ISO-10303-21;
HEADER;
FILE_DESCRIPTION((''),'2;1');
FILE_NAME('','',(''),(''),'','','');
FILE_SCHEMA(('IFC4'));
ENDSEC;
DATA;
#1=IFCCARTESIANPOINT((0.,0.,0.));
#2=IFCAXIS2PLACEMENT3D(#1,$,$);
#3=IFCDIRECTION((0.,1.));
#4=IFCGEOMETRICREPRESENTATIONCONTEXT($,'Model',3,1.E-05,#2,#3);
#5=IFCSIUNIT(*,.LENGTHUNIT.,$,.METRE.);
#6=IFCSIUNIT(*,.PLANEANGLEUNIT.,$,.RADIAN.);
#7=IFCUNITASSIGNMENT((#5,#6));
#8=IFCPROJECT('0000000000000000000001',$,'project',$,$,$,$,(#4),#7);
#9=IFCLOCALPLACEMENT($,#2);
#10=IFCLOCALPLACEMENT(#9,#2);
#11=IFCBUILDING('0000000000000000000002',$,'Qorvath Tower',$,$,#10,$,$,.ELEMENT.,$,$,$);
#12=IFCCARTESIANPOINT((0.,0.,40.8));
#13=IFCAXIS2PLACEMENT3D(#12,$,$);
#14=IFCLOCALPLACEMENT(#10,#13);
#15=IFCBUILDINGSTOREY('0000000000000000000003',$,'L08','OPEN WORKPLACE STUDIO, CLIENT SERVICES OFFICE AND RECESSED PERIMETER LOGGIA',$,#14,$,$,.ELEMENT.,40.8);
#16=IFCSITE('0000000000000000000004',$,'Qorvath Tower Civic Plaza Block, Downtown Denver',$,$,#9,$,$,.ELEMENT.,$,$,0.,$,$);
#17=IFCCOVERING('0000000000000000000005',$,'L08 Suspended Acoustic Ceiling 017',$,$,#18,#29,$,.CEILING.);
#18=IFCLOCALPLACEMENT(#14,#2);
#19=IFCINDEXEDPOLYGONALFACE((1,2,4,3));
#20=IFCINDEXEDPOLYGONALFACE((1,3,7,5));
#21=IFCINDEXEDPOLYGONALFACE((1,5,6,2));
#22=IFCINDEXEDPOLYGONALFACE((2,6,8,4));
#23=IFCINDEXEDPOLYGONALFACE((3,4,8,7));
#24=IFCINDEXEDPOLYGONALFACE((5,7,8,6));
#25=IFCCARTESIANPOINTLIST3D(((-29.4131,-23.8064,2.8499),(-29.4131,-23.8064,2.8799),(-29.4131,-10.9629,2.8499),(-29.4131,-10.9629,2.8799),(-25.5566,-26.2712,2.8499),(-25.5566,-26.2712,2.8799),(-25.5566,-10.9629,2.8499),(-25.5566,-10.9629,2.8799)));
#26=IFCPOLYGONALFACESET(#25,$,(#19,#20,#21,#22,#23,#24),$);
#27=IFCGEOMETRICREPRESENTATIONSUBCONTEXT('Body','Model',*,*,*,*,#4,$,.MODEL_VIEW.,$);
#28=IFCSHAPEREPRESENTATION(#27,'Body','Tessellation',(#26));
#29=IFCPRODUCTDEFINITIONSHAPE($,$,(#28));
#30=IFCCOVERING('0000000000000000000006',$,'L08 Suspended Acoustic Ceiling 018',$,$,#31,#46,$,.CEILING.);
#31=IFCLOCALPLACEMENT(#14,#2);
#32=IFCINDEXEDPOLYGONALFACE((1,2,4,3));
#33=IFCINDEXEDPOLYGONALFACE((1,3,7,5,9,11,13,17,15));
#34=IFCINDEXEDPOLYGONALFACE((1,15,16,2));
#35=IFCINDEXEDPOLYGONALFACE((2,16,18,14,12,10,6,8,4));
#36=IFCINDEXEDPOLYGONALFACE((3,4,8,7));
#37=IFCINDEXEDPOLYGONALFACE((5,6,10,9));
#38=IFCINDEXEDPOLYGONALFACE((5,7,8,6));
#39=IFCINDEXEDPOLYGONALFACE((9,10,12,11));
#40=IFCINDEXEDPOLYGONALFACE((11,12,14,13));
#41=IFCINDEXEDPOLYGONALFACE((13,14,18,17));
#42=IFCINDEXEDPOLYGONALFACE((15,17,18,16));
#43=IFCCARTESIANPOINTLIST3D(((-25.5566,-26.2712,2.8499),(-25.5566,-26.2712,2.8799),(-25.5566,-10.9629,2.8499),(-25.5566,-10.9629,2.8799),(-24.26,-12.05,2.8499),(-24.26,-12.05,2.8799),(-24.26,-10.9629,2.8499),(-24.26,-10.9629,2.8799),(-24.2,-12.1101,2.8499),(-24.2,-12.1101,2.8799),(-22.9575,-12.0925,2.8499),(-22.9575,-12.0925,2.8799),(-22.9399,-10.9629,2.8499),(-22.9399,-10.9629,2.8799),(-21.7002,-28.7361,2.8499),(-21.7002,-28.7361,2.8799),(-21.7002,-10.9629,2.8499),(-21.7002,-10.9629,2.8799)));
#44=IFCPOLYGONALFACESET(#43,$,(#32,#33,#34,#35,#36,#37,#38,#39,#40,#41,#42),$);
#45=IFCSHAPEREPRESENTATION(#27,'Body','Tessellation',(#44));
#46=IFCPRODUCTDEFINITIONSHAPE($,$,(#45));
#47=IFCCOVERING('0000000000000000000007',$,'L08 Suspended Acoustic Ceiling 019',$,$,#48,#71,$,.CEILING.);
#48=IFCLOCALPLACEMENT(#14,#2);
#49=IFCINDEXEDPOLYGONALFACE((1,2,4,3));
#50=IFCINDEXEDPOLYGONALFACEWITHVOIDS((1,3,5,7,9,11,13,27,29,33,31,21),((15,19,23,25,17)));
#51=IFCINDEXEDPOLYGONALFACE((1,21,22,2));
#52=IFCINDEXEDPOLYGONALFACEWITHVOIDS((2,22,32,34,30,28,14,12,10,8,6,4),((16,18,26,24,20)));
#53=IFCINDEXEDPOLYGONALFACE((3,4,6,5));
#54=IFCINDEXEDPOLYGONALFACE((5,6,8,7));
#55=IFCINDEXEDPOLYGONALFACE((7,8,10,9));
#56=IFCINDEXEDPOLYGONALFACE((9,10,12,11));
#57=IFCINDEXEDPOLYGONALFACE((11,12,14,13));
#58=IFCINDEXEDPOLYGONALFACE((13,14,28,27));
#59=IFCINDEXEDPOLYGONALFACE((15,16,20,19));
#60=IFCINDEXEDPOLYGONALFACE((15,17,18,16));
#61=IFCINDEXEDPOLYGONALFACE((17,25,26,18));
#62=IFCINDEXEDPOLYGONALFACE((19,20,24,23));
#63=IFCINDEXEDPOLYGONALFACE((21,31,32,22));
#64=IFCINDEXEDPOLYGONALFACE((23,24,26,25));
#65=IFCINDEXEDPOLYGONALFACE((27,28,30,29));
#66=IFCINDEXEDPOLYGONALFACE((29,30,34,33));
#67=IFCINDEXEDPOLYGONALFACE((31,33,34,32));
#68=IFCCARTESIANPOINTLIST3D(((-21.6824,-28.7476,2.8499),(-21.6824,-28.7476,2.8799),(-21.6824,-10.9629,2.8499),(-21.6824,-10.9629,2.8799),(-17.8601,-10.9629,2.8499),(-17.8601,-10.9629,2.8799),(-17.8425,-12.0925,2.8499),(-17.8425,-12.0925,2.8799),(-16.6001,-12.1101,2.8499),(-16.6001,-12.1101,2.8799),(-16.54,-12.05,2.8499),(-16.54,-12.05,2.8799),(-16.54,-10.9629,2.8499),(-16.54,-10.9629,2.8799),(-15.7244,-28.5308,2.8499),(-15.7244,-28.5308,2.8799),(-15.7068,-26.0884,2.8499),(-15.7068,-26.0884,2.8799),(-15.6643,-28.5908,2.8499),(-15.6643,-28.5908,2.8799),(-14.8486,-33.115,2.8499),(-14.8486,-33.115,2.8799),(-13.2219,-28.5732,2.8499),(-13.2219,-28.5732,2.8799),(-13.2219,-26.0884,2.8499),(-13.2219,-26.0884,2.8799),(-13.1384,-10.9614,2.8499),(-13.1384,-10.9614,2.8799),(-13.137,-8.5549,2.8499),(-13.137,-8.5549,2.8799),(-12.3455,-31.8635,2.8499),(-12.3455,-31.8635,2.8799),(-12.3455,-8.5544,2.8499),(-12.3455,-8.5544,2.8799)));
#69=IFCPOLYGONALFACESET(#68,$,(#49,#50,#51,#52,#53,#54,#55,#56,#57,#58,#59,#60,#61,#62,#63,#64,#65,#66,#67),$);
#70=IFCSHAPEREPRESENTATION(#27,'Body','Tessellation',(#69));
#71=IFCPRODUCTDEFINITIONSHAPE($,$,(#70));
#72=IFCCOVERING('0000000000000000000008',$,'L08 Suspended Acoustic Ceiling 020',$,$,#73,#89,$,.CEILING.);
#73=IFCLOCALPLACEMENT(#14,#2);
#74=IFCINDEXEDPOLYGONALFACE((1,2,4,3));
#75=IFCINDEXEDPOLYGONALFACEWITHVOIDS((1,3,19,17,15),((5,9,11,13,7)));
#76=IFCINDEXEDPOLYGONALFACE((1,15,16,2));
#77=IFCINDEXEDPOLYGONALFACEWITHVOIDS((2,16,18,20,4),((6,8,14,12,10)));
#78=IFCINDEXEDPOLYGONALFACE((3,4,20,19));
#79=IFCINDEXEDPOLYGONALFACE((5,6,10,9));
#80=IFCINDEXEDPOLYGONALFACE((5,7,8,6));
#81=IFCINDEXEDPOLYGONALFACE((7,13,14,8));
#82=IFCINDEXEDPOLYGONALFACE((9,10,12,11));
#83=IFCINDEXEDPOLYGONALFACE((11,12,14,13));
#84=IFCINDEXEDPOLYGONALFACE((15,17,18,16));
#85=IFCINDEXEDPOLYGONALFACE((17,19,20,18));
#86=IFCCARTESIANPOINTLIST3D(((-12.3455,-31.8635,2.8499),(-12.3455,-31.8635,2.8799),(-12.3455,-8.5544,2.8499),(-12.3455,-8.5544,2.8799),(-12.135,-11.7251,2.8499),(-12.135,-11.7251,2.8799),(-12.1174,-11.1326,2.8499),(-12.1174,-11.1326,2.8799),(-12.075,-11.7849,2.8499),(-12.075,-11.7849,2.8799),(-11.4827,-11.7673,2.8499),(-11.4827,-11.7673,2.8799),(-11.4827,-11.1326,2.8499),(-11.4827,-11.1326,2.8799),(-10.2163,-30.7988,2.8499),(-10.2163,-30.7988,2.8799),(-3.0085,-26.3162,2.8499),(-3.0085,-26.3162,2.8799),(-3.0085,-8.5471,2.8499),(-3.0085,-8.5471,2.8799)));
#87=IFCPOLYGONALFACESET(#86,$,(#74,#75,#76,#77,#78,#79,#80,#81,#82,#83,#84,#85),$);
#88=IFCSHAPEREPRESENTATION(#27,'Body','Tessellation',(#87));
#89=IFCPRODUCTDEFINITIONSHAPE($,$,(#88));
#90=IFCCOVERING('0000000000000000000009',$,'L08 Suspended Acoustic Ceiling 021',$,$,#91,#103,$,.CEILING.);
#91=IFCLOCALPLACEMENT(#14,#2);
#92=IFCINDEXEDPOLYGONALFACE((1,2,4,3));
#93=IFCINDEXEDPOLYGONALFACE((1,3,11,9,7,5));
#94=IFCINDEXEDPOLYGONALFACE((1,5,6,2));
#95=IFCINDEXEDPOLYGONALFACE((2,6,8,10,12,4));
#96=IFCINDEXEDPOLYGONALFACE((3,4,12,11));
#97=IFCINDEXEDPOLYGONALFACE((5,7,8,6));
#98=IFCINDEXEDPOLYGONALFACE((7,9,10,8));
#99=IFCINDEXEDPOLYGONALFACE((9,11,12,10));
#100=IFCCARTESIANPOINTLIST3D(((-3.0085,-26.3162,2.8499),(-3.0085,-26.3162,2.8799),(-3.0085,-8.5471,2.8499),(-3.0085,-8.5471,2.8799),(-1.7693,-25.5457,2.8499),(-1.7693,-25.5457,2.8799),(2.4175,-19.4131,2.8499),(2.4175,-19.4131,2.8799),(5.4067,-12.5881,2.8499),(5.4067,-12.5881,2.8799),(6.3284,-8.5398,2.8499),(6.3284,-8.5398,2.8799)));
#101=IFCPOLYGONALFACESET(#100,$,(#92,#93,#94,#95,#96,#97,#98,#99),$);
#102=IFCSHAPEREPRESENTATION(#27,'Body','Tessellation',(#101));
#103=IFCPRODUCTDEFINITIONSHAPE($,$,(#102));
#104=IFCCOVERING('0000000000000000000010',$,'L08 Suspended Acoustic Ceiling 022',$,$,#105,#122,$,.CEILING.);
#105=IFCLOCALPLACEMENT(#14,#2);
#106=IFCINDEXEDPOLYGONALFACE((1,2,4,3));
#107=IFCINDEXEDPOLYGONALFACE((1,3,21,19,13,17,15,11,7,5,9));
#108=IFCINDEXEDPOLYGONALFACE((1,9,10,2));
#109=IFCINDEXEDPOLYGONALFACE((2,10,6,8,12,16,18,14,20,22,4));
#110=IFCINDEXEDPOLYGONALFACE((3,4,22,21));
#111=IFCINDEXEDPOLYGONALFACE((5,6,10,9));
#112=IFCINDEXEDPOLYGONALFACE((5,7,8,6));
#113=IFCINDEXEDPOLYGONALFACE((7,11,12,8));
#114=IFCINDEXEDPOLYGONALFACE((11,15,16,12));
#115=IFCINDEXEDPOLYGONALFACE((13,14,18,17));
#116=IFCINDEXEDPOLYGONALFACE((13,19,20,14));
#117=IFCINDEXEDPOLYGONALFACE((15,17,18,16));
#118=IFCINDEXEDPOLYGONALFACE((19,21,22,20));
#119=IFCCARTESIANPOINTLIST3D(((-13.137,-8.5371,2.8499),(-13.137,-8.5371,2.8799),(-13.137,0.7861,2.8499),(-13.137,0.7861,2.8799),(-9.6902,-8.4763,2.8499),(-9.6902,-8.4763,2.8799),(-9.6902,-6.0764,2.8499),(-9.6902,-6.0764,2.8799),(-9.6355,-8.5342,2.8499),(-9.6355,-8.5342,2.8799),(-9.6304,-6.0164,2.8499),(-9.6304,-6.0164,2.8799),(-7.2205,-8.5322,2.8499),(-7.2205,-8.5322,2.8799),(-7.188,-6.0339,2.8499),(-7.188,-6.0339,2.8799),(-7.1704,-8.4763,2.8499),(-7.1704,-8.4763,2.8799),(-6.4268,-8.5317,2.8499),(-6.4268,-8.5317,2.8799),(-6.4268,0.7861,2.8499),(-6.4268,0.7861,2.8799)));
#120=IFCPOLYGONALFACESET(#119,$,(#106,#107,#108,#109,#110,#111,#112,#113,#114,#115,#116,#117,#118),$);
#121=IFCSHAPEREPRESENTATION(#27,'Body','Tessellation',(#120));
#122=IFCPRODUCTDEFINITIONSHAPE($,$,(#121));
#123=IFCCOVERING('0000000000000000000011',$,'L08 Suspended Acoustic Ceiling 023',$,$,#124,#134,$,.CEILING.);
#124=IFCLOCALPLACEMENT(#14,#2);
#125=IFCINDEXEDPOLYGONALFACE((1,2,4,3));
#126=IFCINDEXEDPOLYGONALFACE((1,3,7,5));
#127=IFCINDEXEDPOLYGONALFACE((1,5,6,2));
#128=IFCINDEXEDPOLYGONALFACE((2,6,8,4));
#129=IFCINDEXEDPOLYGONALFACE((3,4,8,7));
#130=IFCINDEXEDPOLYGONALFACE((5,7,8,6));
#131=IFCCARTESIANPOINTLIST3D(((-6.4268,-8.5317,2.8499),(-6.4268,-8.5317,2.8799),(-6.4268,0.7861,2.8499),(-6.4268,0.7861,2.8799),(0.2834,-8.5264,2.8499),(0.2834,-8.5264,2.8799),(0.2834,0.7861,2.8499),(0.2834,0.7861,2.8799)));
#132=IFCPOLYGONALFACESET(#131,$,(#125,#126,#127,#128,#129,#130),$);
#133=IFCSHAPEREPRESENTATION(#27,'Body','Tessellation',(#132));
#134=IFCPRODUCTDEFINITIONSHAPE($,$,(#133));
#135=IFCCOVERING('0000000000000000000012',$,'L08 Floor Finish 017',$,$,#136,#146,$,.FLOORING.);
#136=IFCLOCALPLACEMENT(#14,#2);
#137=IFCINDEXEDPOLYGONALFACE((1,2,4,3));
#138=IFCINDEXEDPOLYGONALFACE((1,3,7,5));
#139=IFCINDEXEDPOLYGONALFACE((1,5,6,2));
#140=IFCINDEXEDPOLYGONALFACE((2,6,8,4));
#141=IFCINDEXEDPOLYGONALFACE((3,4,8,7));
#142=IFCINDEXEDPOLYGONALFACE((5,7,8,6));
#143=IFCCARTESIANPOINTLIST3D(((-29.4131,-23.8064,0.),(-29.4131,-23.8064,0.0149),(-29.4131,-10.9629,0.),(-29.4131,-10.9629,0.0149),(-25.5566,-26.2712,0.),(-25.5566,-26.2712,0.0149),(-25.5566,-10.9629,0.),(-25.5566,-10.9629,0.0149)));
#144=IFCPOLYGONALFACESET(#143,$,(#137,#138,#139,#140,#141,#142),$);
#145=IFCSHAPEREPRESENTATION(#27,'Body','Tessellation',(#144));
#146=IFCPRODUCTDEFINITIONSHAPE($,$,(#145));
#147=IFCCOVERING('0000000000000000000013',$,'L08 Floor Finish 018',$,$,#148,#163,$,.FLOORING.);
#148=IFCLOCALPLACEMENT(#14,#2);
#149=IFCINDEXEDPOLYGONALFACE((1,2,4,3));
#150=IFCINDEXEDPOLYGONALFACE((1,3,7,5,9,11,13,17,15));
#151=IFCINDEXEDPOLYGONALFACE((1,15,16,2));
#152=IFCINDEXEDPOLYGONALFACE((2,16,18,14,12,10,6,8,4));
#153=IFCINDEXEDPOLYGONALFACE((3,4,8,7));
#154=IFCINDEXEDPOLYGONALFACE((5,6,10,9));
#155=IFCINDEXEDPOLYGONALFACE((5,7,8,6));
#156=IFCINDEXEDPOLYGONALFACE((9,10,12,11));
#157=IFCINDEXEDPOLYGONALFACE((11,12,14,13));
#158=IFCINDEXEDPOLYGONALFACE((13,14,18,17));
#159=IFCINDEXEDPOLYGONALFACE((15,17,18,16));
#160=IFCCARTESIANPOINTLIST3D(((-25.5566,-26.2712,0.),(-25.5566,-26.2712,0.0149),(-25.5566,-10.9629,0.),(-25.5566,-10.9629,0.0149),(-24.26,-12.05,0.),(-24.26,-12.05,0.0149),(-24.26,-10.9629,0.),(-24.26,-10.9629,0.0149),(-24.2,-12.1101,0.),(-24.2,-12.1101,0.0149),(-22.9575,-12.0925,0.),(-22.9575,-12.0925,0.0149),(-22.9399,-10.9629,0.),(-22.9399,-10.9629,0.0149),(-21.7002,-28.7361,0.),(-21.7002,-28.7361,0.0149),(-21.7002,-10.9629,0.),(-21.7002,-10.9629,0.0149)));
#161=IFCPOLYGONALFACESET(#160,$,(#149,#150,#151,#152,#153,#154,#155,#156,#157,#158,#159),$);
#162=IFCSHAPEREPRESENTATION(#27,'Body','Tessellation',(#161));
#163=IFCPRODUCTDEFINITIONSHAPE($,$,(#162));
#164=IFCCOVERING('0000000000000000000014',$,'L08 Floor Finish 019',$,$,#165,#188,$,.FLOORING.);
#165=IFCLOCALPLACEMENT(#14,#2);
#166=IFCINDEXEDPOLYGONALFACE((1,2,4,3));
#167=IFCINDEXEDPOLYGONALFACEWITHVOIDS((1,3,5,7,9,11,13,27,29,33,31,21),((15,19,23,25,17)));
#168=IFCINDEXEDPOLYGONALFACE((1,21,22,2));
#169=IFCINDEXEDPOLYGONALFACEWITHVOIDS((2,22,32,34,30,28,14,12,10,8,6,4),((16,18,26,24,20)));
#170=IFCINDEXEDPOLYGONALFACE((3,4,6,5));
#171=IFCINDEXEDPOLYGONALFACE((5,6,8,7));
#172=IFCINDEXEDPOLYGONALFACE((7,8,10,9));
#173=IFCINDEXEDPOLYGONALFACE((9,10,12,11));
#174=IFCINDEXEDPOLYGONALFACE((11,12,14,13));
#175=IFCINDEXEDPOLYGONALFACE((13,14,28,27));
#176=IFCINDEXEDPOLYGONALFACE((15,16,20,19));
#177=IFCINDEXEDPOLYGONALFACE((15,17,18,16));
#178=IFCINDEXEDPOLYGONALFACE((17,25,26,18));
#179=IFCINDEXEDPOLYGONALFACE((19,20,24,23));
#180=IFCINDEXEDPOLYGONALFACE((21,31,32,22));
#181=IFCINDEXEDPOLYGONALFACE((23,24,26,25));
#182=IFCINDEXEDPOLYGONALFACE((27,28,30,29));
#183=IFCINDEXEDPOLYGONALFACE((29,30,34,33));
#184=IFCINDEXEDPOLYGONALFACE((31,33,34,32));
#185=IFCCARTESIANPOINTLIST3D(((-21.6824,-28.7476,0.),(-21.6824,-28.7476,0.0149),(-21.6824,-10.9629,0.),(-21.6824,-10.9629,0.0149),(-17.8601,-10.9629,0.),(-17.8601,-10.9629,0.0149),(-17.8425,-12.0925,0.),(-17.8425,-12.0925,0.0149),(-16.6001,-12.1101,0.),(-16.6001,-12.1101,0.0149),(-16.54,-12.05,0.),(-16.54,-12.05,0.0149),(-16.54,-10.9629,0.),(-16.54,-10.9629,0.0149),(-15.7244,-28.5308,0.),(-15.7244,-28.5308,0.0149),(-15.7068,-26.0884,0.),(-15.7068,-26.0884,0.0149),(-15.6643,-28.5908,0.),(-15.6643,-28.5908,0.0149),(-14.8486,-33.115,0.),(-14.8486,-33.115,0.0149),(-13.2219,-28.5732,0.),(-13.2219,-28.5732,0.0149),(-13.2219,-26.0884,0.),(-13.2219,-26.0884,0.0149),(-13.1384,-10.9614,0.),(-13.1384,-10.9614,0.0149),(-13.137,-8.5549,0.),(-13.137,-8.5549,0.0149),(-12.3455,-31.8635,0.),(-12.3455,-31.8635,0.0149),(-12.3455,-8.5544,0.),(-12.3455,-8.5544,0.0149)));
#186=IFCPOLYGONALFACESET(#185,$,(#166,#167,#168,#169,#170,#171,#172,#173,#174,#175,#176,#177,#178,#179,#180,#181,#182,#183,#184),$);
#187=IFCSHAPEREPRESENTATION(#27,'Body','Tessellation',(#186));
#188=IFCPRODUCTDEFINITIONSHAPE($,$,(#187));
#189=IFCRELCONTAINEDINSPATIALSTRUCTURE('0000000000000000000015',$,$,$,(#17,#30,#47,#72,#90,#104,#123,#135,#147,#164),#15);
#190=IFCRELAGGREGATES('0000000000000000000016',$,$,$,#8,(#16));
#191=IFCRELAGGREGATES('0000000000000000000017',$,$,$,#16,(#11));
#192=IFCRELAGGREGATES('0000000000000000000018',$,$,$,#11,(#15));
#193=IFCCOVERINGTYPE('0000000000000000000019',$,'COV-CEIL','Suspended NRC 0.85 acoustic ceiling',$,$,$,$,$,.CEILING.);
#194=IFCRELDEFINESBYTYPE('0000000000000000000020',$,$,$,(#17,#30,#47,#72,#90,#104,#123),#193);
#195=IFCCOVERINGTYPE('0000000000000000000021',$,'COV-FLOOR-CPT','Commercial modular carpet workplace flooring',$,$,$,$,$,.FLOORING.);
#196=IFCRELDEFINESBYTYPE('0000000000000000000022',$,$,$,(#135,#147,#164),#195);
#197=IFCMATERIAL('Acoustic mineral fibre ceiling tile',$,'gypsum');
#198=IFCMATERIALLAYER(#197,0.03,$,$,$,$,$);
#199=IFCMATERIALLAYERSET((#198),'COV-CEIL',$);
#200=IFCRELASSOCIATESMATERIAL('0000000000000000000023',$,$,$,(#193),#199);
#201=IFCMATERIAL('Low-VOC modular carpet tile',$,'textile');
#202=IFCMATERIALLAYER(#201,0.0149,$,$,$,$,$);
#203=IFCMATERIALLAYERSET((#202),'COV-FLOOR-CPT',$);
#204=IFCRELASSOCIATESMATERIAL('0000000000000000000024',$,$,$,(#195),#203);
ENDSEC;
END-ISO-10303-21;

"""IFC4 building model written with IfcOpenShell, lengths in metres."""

from ifc_helpers import new_model, si_unit, direction, frame, origin, place, context, subcontext, project, spatial, polyline, outline, extrude, material, layer, layer_set, type_object, element, save


model = new_model("IFC4")

# Units and contexts
model_context = context("Model", 3, precision=1e-05, world=origin(), true_north=direction((0.0, 1.0)))
body_context = subcontext(model_context, "Body", "Model", "MODEL_VIEW")
ifc_project = project(units=[si_unit("LENGTHUNIT", "METRE"), si_unit("PLANEANGLEUNIT", "RADIAN")], contexts=[model_context])

# Site, building, storey
site_placement = place(None, origin())
site = spatial("IfcSite", under=ifc_project, at=site_placement, Name="Qorvath Tower Civic Plaza Block, Downtown Denver", CompositionType="ELEMENT", RefElevation=0.0)
building_placement = place(site_placement, origin())
building = spatial("IfcBuilding", under=site, at=building_placement, Name="Qorvath Tower", CompositionType="ELEMENT")
storey_placement = place(building_placement, frame((0.0, 0.0, 40.8)))
storey = spatial("IfcBuildingStorey", under=building, at=storey_placement, Name="L08", Description="OPEN WORKPLACE STUDIO, CLIENT SERVICES OFFICE AND RECESSED PERIMETER LOGGIA", CompositionType="ELEMENT", Elevation=40.8)

# Coverings
ifc_material_1 = material(Name="Acoustic mineral fibre ceiling tile", Category="gypsum")
ifc_layer_1 = layer(ifc_material_1, 0.03)
ifc_layer_set_1 = layer_set([ifc_layer_1], Name="COV-CEIL")
covering_type_1 = type_object("IfcCoveringType", Name="COV-CEIL", Description="Suspended NRC 0.85 acoustic ceiling", PredefinedType="CEILING", material=ifc_layer_set_1)
covering_1_placement = place(storey_placement, frame((0.0, 0.0, 2.8499)))
element("IfcCovering", 1, at=covering_1_placement, inside=storey, type_object=covering_type_1, Name="L08 Suspended Acoustic Ceiling 017", PredefinedType="CEILING", context=body_context, shape_type="SweptSolid", body=[
    extrude(outline(polyline([(-25.5566, -26.2712), (-25.5566, -10.9629), (-29.4131, -10.9629), (-29.4131, -23.8064), (-25.5566, -26.2712)])), origin(), (0.0, 0.0, 1.0), 0.03),
])
covering_2_placement = place(storey_placement, frame((0.0, 0.0, 2.8499)))
element("IfcCovering", 2, at=covering_2_placement, inside=storey, type_object=covering_type_1, Name="L08 Suspended Acoustic Ceiling 018", PredefinedType="CEILING", context=body_context, shape_type="SweptSolid", body=[
    extrude(outline(polyline([(-21.7002, -28.7361), (-21.7002, -10.9629), (-22.9399, -10.9629), (-22.9575, -12.0925), (-24.2, -12.1101), (-24.26, -12.05), (-24.26, -10.9629), (-25.5566, -10.9629), (-25.5566, -26.2712), (-21.7002, -28.7361)])), origin(), (0.0, 0.0, 1.0), 0.03),
])
covering_3_placement = place(storey_placement, frame((0.0, 0.0, 2.8499)))
element("IfcCovering", 3, at=covering_3_placement, inside=storey, type_object=covering_type_1, Name="L08 Suspended Acoustic Ceiling 019", PredefinedType="CEILING", context=body_context, shape_type="SweptSolid", body=[
    extrude(outline(polyline([(-17.8601, -10.9629), (-21.6824, -10.9629), (-21.6824, -28.7476), (-14.8486, -33.115), (-12.3455, -31.8635), (-12.3455, -8.5544), (-13.137, -8.5549), (-13.1384, -10.9614), (-16.54, -10.9629), (-16.54, -12.05), (-16.6001, -12.1101), (-17.8425, -12.0925), (-17.8601, -10.9629)]), holes=[polyline([(-15.7244, -28.5308), (-15.7068, -26.0884), (-13.2219, -26.0884), (-13.2219, -28.5732), (-15.6643, -28.5908), (-15.7244, -28.5308)])]), origin(), (0.0, 0.0, 1.0), 0.03),
])
covering_4_placement = place(storey_placement, frame((0.0, 0.0, 2.8499)))
element("IfcCovering", 4, at=covering_4_placement, inside=storey, type_object=covering_type_1, Name="L08 Suspended Acoustic Ceiling 020", PredefinedType="CEILING", context=body_context, shape_type="SweptSolid", body=[
    extrude(outline(polyline([(-12.3455, -8.5544), (-12.3455, -31.8635), (-10.2163, -30.7988), (-3.0085, -26.3162), (-3.0085, -8.5471), (-12.3455, -8.5544)]), holes=[polyline([(-12.135, -11.7251), (-12.1174, -11.1326), (-11.4827, -11.1326), (-11.4827, -11.7673), (-12.075, -11.7849), (-12.135, -11.7251)])]), origin(), (0.0, 0.0, 1.0), 0.03),
])
covering_5_placement = place(storey_placement, frame((0.0, 0.0, 2.8499)))
element("IfcCovering", 5, at=covering_5_placement, inside=storey, type_object=covering_type_1, Name="L08 Suspended Acoustic Ceiling 021", PredefinedType="CEILING", context=body_context, shape_type="SweptSolid", body=[
    extrude(outline(polyline([(-3.0085, -8.5471), (-3.0085, -26.3162), (-1.7693, -25.5457), (2.4175, -19.4131), (5.4067, -12.5881), (6.3284, -8.5398), (-3.0085, -8.5471)])), origin(), (0.0, 0.0, 1.0), 0.03),
])
covering_6_placement = place(storey_placement, frame((0.0, 0.0, 2.8499)))
element("IfcCovering", 6, at=covering_6_placement, inside=storey, type_object=covering_type_1, Name="L08 Suspended Acoustic Ceiling 022", PredefinedType="CEILING", context=body_context, shape_type="SweptSolid", body=[
    extrude(outline(polyline([(-6.4268, -8.5317), (-6.4268, 0.7861), (-13.137, 0.7861), (-13.137, -8.5371), (-9.6355, -8.5342), (-9.6902, -8.4763), (-9.6902, -6.0764), (-9.6304, -6.0164), (-7.188, -6.0339), (-7.1704, -8.4763), (-7.2205, -8.5322), (-6.4268, -8.5317)])), origin(), (0.0, 0.0, 1.0), 0.03),
])
covering_7_placement = place(storey_placement, frame((0.0, 0.0, 2.8499)))
element("IfcCovering", 7, at=covering_7_placement, inside=storey, type_object=covering_type_1, Name="L08 Suspended Acoustic Ceiling 023", PredefinedType="CEILING", context=body_context, shape_type="SweptSolid", body=[
    extrude(outline(polyline([(0.2834, -8.5264), (0.2834, 0.7861), (-6.4268, 0.7861), (-6.4268, -8.5317), (0.2834, -8.5264)])), origin(), (0.0, 0.0, 1.0), 0.03),
])
ifc_material_2 = material(Name="Low-VOC modular carpet tile", Category="textile")
ifc_layer_2 = layer(ifc_material_2, 0.0149)
ifc_layer_set_2 = layer_set([ifc_layer_2], Name="COV-FLOOR-CPT")
covering_type_2 = type_object("IfcCoveringType", Name="COV-FLOOR-CPT", Description="Commercial modular carpet workplace flooring", PredefinedType="FLOORING", material=ifc_layer_set_2)
covering_8_placement = place(storey_placement, origin())
element("IfcCovering", 8, at=covering_8_placement, inside=storey, type_object=covering_type_2, Name="L08 Floor Finish 017", PredefinedType="FLOORING", context=body_context, shape_type="SweptSolid", body=[
    extrude(outline(polyline([(-25.5566, -26.2712), (-25.5566, -10.9629), (-29.4131, -10.9629), (-29.4131, -23.8064), (-25.5566, -26.2712)])), origin(), (0.0, 0.0, 1.0), 0.0149),
])
covering_9_placement = place(storey_placement, origin())
element("IfcCovering", 9, at=covering_9_placement, inside=storey, type_object=covering_type_2, Name="L08 Floor Finish 018", PredefinedType="FLOORING", context=body_context, shape_type="SweptSolid", body=[
    extrude(outline(polyline([(-21.7002, -28.7361), (-21.7002, -10.9629), (-22.9399, -10.9629), (-22.9575, -12.0925), (-24.2, -12.1101), (-24.26, -12.05), (-24.26, -10.9629), (-25.5566, -10.9629), (-25.5566, -26.2712), (-21.7002, -28.7361)])), origin(), (0.0, 0.0, 1.0), 0.0149),
])
covering_10_placement = place(storey_placement, origin())
element("IfcCovering", 10, at=covering_10_placement, inside=storey, type_object=covering_type_2, Name="L08 Floor Finish 019", PredefinedType="FLOORING", context=body_context, shape_type="SweptSolid", body=[
    extrude(outline(polyline([(-17.8601, -10.9629), (-21.6824, -10.9629), (-21.6824, -28.7476), (-14.8486, -33.115), (-12.3455, -31.8635), (-12.3455, -8.5544), (-13.137, -8.5549), (-13.1384, -10.9614), (-16.54, -10.9629), (-16.54, -12.05), (-16.6001, -12.1101), (-17.8425, -12.0925), (-17.8601, -10.9629)]), holes=[polyline([(-15.7244, -28.5308), (-15.7068, -26.0884), (-13.2219, -26.0884), (-13.2219, -28.5732), (-15.6643, -28.5908), (-15.7244, -28.5308)])]), origin(), (0.0, 0.0, 1.0), 0.0149),
])

save(model, "model.ifc")
